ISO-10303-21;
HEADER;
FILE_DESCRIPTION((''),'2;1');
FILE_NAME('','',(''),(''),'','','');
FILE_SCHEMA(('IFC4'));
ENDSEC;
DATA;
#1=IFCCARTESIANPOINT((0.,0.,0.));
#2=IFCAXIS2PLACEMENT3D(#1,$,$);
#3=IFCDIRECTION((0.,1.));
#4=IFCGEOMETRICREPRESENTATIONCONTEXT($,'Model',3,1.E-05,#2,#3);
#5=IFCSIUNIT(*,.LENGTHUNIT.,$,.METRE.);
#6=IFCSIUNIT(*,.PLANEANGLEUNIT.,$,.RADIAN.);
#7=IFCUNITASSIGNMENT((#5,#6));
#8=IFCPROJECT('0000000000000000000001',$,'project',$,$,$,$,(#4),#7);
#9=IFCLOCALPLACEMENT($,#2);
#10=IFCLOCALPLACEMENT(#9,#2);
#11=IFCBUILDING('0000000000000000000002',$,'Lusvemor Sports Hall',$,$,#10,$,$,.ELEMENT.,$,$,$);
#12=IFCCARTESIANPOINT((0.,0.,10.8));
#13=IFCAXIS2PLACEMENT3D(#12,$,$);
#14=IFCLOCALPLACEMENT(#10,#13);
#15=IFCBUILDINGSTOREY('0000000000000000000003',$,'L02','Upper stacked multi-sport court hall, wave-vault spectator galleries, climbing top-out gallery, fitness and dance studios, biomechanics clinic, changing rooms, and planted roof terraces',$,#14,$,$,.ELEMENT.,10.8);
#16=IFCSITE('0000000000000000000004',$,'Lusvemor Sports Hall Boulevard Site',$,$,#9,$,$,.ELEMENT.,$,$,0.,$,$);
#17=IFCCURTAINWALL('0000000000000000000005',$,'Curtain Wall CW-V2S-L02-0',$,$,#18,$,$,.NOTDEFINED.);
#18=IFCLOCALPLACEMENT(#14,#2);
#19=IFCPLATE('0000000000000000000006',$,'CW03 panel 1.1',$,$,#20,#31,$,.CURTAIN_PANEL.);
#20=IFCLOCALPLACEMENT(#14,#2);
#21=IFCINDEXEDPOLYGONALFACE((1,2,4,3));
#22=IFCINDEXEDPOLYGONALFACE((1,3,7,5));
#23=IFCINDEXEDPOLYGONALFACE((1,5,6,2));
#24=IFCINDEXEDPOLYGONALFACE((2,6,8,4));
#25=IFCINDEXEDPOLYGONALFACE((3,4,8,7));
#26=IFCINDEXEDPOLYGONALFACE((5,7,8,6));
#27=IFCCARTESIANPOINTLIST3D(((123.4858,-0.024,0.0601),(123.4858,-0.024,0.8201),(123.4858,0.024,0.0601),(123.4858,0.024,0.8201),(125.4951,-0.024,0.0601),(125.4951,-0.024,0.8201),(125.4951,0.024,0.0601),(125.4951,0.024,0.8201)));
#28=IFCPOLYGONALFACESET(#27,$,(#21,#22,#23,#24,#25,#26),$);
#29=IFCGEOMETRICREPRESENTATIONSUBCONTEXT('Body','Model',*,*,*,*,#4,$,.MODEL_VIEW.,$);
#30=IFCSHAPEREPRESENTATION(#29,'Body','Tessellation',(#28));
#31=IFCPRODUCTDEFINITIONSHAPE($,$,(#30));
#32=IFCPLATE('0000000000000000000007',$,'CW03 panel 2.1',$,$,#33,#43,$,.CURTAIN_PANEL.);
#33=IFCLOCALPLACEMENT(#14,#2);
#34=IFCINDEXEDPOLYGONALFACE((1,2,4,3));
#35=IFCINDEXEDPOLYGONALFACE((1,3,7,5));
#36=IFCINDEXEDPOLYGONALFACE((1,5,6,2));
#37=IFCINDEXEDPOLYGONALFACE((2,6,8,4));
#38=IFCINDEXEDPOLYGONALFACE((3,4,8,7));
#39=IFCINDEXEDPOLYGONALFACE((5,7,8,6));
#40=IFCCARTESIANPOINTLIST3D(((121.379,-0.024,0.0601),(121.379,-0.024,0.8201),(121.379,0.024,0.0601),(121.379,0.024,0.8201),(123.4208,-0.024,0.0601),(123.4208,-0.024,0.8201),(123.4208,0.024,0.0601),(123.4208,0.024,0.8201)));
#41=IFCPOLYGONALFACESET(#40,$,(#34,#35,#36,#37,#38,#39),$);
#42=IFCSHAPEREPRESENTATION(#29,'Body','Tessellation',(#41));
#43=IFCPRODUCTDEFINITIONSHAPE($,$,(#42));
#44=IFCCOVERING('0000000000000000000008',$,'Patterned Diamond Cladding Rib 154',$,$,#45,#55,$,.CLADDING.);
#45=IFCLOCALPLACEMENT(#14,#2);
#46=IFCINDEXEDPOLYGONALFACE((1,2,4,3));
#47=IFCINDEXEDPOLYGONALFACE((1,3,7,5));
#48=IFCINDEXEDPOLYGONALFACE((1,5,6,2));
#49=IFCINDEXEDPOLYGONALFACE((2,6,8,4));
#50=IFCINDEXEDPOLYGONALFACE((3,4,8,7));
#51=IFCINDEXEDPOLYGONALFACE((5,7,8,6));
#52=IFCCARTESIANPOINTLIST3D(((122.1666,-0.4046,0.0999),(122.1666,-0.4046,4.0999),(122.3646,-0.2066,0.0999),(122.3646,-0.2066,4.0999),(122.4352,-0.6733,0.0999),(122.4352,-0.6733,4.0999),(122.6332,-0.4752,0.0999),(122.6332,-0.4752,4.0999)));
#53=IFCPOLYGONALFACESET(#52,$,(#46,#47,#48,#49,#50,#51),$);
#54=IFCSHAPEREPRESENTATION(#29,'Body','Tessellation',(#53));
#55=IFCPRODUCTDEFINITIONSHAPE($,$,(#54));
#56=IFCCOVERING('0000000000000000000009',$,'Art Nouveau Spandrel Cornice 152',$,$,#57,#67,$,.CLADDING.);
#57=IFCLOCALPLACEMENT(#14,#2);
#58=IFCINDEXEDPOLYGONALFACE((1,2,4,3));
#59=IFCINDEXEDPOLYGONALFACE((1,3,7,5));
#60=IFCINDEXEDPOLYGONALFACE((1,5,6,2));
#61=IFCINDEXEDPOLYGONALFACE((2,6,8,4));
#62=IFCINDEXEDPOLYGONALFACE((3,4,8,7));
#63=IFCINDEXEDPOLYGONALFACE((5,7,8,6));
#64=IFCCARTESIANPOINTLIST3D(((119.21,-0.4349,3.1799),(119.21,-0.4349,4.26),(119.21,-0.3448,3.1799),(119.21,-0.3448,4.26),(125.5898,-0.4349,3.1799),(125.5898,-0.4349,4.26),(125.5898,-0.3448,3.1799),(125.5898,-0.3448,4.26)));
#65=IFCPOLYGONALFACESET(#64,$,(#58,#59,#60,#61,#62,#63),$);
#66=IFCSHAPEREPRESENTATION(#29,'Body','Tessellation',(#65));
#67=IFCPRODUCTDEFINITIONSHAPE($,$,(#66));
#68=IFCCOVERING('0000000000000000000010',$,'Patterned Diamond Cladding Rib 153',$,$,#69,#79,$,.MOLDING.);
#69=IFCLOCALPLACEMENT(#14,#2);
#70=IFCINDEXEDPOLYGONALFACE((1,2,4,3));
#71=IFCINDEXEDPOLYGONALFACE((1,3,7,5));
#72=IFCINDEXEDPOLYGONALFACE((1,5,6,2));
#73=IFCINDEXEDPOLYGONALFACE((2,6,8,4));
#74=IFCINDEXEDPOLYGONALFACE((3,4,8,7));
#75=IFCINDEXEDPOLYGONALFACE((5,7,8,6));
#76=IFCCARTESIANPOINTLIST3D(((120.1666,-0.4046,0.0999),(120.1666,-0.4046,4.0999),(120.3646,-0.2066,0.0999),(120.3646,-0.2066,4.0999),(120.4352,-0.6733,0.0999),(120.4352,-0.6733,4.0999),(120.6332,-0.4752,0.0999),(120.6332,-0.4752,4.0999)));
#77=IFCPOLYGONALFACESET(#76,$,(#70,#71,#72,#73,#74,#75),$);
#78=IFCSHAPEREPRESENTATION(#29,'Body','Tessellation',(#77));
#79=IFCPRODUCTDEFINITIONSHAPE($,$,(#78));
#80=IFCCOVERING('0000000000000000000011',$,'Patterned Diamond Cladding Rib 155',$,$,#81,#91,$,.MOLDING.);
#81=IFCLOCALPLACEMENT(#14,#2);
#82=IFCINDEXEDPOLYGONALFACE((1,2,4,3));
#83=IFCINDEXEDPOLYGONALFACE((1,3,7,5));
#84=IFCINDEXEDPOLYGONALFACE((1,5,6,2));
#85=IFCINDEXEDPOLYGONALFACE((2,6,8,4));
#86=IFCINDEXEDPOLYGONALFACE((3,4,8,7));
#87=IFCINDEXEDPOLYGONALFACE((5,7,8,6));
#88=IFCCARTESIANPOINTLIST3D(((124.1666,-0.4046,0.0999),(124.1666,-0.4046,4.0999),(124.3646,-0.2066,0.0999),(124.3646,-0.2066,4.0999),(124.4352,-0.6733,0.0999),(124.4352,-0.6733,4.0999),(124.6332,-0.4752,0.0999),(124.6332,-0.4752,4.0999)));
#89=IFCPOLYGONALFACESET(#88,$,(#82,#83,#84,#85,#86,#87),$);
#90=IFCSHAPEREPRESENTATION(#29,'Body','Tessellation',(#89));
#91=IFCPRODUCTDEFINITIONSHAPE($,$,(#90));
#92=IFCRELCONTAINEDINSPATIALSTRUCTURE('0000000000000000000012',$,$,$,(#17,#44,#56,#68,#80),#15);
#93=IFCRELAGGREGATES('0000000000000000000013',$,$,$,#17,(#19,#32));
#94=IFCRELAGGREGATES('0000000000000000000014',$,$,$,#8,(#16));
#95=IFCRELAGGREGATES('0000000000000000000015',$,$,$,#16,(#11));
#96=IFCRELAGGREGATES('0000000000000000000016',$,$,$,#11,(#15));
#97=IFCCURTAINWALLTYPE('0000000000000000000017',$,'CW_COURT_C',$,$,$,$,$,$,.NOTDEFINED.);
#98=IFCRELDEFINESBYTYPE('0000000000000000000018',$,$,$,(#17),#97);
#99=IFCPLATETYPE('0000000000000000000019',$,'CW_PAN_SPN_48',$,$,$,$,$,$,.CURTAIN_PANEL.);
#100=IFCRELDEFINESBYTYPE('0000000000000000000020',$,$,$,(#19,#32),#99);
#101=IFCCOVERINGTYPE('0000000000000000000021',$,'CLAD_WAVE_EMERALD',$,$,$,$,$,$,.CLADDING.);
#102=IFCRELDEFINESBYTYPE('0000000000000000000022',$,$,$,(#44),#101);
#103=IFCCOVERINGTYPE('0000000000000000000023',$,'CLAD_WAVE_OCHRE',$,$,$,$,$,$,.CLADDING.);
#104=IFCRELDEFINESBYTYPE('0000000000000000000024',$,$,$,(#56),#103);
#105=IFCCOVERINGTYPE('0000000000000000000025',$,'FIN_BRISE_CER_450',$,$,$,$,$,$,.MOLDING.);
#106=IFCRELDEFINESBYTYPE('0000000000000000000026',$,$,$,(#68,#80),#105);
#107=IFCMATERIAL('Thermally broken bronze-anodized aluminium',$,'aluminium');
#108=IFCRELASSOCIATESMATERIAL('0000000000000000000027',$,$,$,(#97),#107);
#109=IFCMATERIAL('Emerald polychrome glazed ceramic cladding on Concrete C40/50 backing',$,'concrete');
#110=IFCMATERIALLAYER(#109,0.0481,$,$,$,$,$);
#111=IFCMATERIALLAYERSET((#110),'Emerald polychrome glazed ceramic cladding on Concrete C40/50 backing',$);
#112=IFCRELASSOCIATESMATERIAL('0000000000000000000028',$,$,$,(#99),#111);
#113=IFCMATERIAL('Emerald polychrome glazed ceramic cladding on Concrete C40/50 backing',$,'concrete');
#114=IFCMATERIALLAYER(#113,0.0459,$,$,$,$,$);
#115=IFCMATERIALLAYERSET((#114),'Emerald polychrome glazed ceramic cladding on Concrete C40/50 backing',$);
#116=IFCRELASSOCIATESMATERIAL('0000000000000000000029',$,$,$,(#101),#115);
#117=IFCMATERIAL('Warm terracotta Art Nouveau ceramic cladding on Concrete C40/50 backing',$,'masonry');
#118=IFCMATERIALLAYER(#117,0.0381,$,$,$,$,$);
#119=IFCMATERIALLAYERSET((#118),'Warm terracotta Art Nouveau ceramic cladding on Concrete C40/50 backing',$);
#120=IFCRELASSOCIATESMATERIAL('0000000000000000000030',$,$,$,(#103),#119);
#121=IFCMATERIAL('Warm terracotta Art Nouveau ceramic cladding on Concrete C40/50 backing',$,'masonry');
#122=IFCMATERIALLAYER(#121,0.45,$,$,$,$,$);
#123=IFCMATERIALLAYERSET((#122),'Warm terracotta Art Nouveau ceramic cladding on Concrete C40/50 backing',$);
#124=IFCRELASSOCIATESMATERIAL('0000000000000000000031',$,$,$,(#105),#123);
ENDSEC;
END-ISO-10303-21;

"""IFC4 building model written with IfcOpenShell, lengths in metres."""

from ifc_helpers import new_model, si_unit, direction, frame, origin, origin_2d, place, context, subcontext, project, spatial, rectangle, extrude, material, layer, layer_set, type_object, element, aggregate, save


model = new_model("IFC4")

# Units and contexts
model_context = context("Model", 3, precision=1e-05, world=origin(), true_north=direction((0.0, 1.0)))
body_context = subcontext(model_context, "Body", "Model", "MODEL_VIEW")
ifc_project = project(units=[si_unit("LENGTHUNIT", "METRE"), si_unit("PLANEANGLEUNIT", "RADIAN")], contexts=[model_context])

# Site, building, storey
site_placement = place(None, origin())
site = spatial("IfcSite", under=ifc_project, at=site_placement, Name="Lusvemor Sports Hall Boulevard Site", CompositionType="ELEMENT", RefElevation=0.0)
building_placement = place(site_placement, origin())
building = spatial("IfcBuilding", under=site, at=building_placement, Name="Lusvemor Sports Hall", CompositionType="ELEMENT")
storey_placement = place(building_placement, frame((0.0, 0.0, 10.8)))
storey = spatial("IfcBuildingStorey", under=building, at=storey_placement, Name="L02", Description="Upper stacked multi-sport court hall, wave-vault spectator galleries, climbing top-out gallery, fitness and dance studios, biomechanics clinic, changing rooms, and planted roof terraces", CompositionType="ELEMENT", Elevation=10.8)

# Curtain wall
ifc_material_1 = material(Name="Thermally broken bronze-anodized aluminium", Category="aluminium")
curtain_wall_type = type_object("IfcCurtainWallType", Name="CW_COURT_C", PredefinedType="NOTDEFINED", material=ifc_material_1)
curtain_wall_placement = place(storey_placement, origin())
curtain_wall = element("IfcCurtainWall", 1, at=curtain_wall_placement, inside=storey, type_object=curtain_wall_type, Name="Curtain Wall CW-V2S-L02-0", PredefinedType="NOTDEFINED")

# Plates
ifc_material_2 = material(Name="Emerald polychrome glazed ceramic cladding on Concrete C40/50 backing", Category="concrete")
ifc_layer_1 = layer(ifc_material_2, 0.0481)
ifc_layer_set_1 = layer_set([ifc_layer_1], Name="Emerald polychrome glazed ceramic cladding on Concrete C40/50 backing")
plate_type_1 = type_object("IfcPlateType", Name="CW_PAN_SPN_48", PredefinedType="CURTAIN_PANEL", material=ifc_layer_set_1)
plate_1_placement = place(storey_placement, frame((124.4905, 0.0, 0.0601), z_axis=(0.0, 0.0, 1.0), x_axis=(-1.0, 0.0, 0.0)))
plate_1 = element("IfcPlate", 2, at=plate_1_placement, type_object=plate_type_1, Name="CW03 panel 1.1", PredefinedType="CURTAIN_PANEL", context=body_context, shape_type="SweptSolid", body=[
    extrude(rectangle(XDim=2.0093, YDim=0.0481, at=origin_2d()), origin(), (0.0, 0.0, 1.0), 0.76),
])
plate_2_placement = place(storey_placement, frame((122.3999, 0.0, 0.0601), z_axis=(0.0, 0.0, 1.0), x_axis=(-1.0, 0.0, 0.0)))
plate_2 = element("IfcPlate", 3, at=plate_2_placement, type_object=plate_type_1, Name="CW03 panel 2.1", PredefinedType="CURTAIN_PANEL", context=body_context, shape_type="SweptSolid", body=[
    extrude(rectangle(XDim=2.0417, YDim=0.0481, at=origin_2d()), origin(), (0.0, 0.0, 1.0), 0.76),
])
aggregate(curtain_wall, [plate_1, plate_2])

# Coverings
ifc_material_3 = material(Name="Emerald polychrome glazed ceramic cladding on Concrete C40/50 backing", Category="concrete")
ifc_layer_2 = layer(ifc_material_3, 0.0459)
ifc_layer_set_2 = layer_set([ifc_layer_2], Name="Emerald polychrome glazed ceramic cladding on Concrete C40/50 backing")
covering_type_1 = type_object("IfcCoveringType", Name="CLAD_WAVE_EMERALD", PredefinedType="CLADDING", material=ifc_layer_set_2)
covering_1_placement = place(storey_placement, frame((122.3999, -0.4399, 0.0999), z_axis=(0.0, 0.0, 1.0), x_axis=(0.707107, 0.707107, 0.0)))
element("IfcCovering", 4, at=covering_1_placement, inside=storey, type_object=covering_type_1, Name="Patterned Diamond Cladding Rib 154", PredefinedType="CLADDING", context=body_context, shape_type="SweptSolid", body=[
    extrude(rectangle(XDim=0.28, YDim=0.3799, at=origin_2d()), origin(), (0.0, 0.0, 1.0), 4.0),
])
ifc_material_4 = material(Name="Warm terracotta Art Nouveau ceramic cladding on Concrete C40/50 backing", Category="masonry")
ifc_layer_3 = layer(ifc_material_4, 0.0381)
ifc_layer_set_3 = layer_set([ifc_layer_3], Name="Warm terracotta Art Nouveau ceramic cladding on Concrete C40/50 backing")
covering_type_2 = type_object("IfcCoveringType", Name="CLAD_WAVE_OCHRE", PredefinedType="CLADDING", material=ifc_layer_set_3)
covering_2_placement = place(storey_placement, frame((122.3999, -0.3899, 3.1799), z_axis=(0.0, 0.0, 1.0), x_axis=(1.0, 0.0, 0.0)))
element("IfcCovering", 5, at=covering_2_placement, inside=storey, type_object=covering_type_2, Name="Art Nouveau Spandrel Cornice 152", PredefinedType="CLADDING", context=body_context, shape_type="SweptSolid", body=[
    extrude(rectangle(XDim=6.3799, YDim=0.0901, at=origin_2d()), origin(), (0.0, 0.0, 1.0), 1.0801),
])
ifc_material_5 = material(Name="Warm terracotta Art Nouveau ceramic cladding on Concrete C40/50 backing", Category="masonry")
ifc_layer_4 = layer(ifc_material_5, 0.45)
ifc_layer_set_4 = layer_set([ifc_layer_4], Name="Warm terracotta Art Nouveau ceramic cladding on Concrete C40/50 backing")
covering_type_3 = type_object("IfcCoveringType", Name="FIN_BRISE_CER_450", PredefinedType="MOLDING", material=ifc_layer_set_4)
for number, where, z_axis, x_axis, name in (
    (6, (120.3999, -0.4399, 0.0999), (0.0, 0.0, 1.0), (0.707107, 0.707107, 0.0), "Patterned Diamond Cladding Rib 153"),
    (7, (124.3999, -0.4399, 0.0999), (0.0, 0.0, 1.0), (0.707107, 0.707107, 0.0), "Patterned Diamond Cladding Rib 155"),
):
    element("IfcCovering", number, at=place(storey_placement, frame(where, z_axis=z_axis, x_axis=x_axis)), inside=storey, type_object=covering_type_3, Name=name, PredefinedType="MOLDING", context=body_context, shape_type="SweptSolid", body=[
        extrude(rectangle(XDim=0.28, YDim=0.3799, at=origin_2d()), origin(), (0.0, 0.0, 1.0), 4.0),
    ])

save(model, "model.ifc")
